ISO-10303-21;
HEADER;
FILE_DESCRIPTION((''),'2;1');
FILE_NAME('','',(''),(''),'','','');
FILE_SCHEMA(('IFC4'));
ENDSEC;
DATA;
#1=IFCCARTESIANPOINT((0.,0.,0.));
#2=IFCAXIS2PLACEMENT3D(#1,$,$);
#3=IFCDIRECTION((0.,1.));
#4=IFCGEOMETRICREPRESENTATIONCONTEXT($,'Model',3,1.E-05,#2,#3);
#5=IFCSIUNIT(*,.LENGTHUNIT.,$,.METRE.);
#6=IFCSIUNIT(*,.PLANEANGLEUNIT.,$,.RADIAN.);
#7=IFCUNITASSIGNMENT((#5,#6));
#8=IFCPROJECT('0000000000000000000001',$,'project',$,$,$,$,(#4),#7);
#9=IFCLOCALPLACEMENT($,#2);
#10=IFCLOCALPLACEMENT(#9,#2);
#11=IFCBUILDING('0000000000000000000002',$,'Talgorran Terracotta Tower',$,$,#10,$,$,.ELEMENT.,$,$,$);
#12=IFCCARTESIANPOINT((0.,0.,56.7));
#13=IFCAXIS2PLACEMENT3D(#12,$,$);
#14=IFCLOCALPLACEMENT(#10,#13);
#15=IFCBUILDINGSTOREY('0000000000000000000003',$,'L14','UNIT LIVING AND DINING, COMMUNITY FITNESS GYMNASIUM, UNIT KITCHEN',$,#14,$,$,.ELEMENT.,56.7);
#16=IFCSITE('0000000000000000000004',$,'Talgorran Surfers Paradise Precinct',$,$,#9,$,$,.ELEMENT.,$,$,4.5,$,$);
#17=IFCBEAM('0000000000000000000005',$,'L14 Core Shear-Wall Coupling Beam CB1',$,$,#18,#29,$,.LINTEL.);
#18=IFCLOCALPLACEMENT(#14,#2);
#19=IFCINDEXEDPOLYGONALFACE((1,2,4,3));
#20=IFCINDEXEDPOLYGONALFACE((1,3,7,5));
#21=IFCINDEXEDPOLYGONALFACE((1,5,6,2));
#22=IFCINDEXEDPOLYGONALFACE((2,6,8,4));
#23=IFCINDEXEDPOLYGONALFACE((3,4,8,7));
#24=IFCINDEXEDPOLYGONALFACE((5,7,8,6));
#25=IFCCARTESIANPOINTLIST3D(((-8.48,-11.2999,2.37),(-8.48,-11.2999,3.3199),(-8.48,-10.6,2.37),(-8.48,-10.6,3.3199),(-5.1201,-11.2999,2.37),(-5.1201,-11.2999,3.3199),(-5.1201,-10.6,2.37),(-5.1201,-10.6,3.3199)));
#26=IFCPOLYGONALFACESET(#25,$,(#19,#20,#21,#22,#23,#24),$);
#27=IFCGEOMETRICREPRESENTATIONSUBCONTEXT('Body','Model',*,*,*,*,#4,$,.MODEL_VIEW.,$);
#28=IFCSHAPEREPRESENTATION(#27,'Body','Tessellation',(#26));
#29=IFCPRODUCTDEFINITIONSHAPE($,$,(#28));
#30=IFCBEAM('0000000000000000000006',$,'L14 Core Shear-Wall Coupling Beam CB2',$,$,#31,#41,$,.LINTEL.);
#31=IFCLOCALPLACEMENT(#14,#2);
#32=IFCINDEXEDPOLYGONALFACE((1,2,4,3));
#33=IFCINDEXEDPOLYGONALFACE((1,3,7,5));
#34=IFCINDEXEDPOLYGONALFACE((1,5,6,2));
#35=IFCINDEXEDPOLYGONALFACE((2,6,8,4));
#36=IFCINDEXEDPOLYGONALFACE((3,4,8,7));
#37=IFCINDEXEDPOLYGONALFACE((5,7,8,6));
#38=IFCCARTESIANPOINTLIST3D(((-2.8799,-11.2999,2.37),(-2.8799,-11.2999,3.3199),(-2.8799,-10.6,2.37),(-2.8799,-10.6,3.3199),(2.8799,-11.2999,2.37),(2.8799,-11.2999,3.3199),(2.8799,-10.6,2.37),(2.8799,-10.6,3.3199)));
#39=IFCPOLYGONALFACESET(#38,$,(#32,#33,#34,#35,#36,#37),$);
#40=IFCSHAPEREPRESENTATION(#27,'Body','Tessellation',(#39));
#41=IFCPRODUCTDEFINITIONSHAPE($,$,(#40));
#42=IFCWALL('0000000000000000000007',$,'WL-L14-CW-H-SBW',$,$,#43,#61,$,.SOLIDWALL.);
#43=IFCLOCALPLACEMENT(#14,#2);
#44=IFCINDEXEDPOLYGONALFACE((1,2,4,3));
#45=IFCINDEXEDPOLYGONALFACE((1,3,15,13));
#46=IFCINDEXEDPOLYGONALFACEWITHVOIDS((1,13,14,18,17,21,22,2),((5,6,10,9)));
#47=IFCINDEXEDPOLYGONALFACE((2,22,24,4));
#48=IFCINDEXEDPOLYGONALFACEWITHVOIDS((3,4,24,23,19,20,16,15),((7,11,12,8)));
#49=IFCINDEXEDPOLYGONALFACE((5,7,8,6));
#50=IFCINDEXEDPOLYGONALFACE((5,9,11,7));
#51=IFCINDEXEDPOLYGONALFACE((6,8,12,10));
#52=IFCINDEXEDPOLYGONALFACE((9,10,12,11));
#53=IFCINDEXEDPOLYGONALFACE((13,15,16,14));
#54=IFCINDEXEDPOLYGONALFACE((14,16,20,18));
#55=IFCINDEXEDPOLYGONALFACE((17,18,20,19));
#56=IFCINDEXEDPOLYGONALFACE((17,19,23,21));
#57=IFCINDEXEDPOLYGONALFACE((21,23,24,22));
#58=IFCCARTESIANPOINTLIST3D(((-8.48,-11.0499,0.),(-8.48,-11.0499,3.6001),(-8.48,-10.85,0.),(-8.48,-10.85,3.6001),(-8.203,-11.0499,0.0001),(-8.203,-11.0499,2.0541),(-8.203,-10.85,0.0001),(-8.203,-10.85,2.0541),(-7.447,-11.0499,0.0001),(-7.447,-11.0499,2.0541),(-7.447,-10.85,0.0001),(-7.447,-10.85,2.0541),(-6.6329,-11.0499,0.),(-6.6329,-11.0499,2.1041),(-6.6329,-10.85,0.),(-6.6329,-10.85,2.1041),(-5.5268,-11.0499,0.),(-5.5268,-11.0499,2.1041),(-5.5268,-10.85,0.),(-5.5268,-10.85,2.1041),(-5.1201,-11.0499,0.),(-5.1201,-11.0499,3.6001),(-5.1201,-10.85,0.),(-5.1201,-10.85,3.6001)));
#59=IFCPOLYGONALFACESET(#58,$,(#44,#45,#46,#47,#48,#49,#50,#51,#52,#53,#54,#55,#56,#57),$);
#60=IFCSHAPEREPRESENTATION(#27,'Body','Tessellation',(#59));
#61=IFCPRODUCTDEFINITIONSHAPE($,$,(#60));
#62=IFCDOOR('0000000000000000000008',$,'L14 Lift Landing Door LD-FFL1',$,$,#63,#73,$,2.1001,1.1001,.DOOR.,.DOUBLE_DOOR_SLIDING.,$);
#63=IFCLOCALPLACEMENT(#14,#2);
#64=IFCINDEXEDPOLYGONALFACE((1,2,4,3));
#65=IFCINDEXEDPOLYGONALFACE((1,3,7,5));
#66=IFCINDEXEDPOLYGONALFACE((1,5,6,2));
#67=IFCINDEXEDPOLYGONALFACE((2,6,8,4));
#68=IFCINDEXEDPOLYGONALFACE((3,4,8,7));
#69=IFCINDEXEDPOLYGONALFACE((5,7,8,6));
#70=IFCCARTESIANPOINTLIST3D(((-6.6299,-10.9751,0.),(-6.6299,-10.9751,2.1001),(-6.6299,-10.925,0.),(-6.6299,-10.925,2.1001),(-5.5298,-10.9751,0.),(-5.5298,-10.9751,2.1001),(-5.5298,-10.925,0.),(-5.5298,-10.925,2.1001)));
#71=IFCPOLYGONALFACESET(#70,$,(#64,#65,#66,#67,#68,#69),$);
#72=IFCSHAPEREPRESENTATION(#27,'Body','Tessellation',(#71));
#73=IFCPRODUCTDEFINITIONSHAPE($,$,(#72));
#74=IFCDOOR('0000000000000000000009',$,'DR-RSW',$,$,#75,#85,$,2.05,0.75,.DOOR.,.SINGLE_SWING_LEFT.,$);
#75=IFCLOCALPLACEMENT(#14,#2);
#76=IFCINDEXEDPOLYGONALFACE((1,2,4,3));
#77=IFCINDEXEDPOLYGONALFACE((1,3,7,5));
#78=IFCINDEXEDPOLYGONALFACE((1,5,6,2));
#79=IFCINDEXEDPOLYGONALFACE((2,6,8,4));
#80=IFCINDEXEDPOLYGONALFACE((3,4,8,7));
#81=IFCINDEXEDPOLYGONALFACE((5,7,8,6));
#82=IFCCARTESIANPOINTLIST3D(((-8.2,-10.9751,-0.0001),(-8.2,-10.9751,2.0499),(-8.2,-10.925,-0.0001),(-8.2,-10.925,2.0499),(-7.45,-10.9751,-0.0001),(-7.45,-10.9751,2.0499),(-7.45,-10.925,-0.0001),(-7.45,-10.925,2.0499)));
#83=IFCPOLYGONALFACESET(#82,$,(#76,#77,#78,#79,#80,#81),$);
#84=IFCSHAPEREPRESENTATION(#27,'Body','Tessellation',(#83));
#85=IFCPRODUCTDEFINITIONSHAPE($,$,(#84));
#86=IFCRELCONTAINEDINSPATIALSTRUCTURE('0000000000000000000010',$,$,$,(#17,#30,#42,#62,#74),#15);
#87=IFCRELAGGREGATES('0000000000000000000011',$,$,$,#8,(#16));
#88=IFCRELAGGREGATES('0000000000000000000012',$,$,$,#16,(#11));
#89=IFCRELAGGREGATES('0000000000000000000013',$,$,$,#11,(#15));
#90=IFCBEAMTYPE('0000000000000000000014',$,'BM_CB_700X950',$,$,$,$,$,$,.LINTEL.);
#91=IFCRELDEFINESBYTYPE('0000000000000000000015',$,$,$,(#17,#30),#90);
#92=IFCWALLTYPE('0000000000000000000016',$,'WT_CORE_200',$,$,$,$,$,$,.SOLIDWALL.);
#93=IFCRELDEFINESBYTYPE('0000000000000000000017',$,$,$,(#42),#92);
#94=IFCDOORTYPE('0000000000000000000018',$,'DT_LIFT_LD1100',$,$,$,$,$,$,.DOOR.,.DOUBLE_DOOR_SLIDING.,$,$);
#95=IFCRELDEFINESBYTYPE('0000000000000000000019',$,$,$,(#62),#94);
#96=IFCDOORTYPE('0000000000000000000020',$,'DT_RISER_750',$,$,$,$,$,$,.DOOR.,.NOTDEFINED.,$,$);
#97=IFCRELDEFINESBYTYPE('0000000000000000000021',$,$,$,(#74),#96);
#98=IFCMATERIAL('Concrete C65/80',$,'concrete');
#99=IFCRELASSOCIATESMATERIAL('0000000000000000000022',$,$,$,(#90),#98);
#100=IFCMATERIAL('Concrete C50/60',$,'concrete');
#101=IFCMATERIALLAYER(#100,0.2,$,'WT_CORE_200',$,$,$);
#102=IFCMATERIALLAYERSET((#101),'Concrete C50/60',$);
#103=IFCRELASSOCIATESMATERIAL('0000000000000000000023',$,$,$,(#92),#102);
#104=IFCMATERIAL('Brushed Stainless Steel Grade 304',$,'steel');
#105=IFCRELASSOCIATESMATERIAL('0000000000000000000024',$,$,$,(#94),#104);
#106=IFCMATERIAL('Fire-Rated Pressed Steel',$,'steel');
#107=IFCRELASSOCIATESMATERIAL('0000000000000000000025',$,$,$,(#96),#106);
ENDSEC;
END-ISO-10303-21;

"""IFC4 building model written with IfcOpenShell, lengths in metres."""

from ifc_helpers import new_model, si_unit, direction, frame, frame_2d, origin, origin_2d, place, context, subcontext, project, spatial, rectangle, extrude, material, layer, layer_set, material_profile, profile_set, type_object, element, fill, save


model = new_model("IFC4")

# Units and contexts
model_context = context("Model", 3, precision=1e-05, world=origin(), true_north=direction((0.0, 1.0)))
body_context = subcontext(model_context, "Body", "Model", "MODEL_VIEW")
ifc_project = project(units=[si_unit("LENGTHUNIT", "METRE"), si_unit("PLANEANGLEUNIT", "RADIAN")], contexts=[model_context])

# Site, building, storey
site_placement = place(None, origin())
site = spatial("IfcSite", under=ifc_project, at=site_placement, Name="Talgorran Surfers Paradise Precinct", CompositionType="ELEMENT", RefElevation=4.5)
building_placement = place(site_placement, origin())
building = spatial("IfcBuilding", under=site, at=building_placement, Name="Talgorran Terracotta Tower", CompositionType="ELEMENT")
storey_placement = place(building_placement, frame((0.0, 0.0, 56.7)))
storey = spatial("IfcBuildingStorey", under=building, at=storey_placement, Name="L14", Description="UNIT LIVING AND DINING, COMMUNITY FITNESS GYMNASIUM, UNIT KITCHEN", CompositionType="ELEMENT", Elevation=56.7)

# Beams
ifc_material_1 = material(Name="Concrete C65/80", Category="concrete")
ifc_material_profile = material_profile(ifc_material_1, rectangle(XDim=0.7, YDim=0.95, at=origin_2d()), Name="RCCB700X950")
ifc_profile_set = profile_set([ifc_material_profile], Name="Concrete C65/80")
beam_type = type_object("IfcBeamType", Name="BM_CB_700X950", PredefinedType="LINTEL", material=ifc_profile_set)
beam_1_placement = place(storey_placement, frame((-8.48, -10.95, 2.845), z_axis=(1.0, 0.0, 0.0), x_axis=(0.0, 1.0, 0.0)))
element("IfcBeam", 1, at=beam_1_placement, inside=storey, type_object=beam_type, Name="L14 Core Shear-Wall Coupling Beam CB1", PredefinedType="LINTEL", context=body_context, shape_type="SweptSolid", body=[
    extrude(rectangle(XDim=0.7, YDim=0.95, at=origin_2d()), origin(), (0.0, 0.0, 1.0), 3.3599),
])
beam_2_placement = place(storey_placement, frame((-2.8799, -10.95, 2.845), z_axis=(1.0, 0.0, 0.0), x_axis=(0.0, 1.0, 0.0)))
element("IfcBeam", 2, at=beam_2_placement, inside=storey, type_object=beam_type, Name="L14 Core Shear-Wall Coupling Beam CB2", PredefinedType="LINTEL", context=body_context, shape_type="SweptSolid", body=[
    extrude(rectangle(XDim=0.7, YDim=0.95, at=origin_2d()), origin(), (0.0, 0.0, 1.0), 5.7598),
])

# Wall, openings, doors
ifc_material_2 = material(Name="Concrete C50/60", Category="concrete")
ifc_layer_1 = layer(ifc_material_2, 0.2, Name="WT_CORE_200")
ifc_layer_set_1 = layer_set([ifc_layer_1], Name="Concrete C50/60")
wall_type_1 = type_object("IfcWallType", Name="WT_CORE_200", PredefinedType="SOLIDWALL", material=ifc_layer_set_1)
wall_1_placement = place(storey_placement, frame((-8.48, -10.95, 0.0), z_axis=(0.0, 0.0, 1.0), x_axis=(1.0, 0.0, 0.0)))
wall_1 = element("IfcWall", 3, at=wall_1_placement, inside=storey, type_object=wall_type_1, Name="WL-L14-CW-H-SBW", PredefinedType="SOLIDWALL", context=body_context, shape_type="SweptSolid", body=[
    extrude(rectangle(XDim=3.3599, YDim=0.2, at=frame_2d((1.6799, 0.0))), origin(), (0.0, 0.0, 1.0), 3.6001),
])
opening_1_placement = place(wall_1_placement, frame((0.28, 0.0, 0.0)))
opening_1 = element("IfcOpeningElement", 4, at=opening_1_placement, cuts=wall_1, PredefinedType="OPENING", context=body_context, shape_type="SweptSolid", body=[
    extrude(rectangle(XDim=0.756, YDim=2.054, at=frame_2d((0.375, 1.0271))), frame((0.0, 0.1099, 0.0), z_axis=(0.0, -1.0, 0.0), x_axis=(1.0, 0.0, 0.0)), (0.0, 0.0, 1.0), 0.22),
])
opening_2_placement = place(wall_1_placement, frame((1.8501, 0.0, 0.0)))
opening_2 = element("IfcOpeningElement", 5, at=opening_2_placement, cuts=wall_1, PredefinedType="OPENING", context=body_context, shape_type="SweptSolid", body=[
    extrude(rectangle(XDim=1.1061, YDim=2.1041, at=frame_2d((0.55, 1.052))), frame((0.0, 0.1099, 0.0), z_axis=(0.0, -1.0, 0.0), x_axis=(1.0, 0.0, 0.0)), (0.0, 0.0, 1.0), 0.22),
])
ifc_material_3 = material(Name="Brushed Stainless Steel Grade 304", Category="steel")
door_type_1 = type_object("IfcDoorType", Name="DT_LIFT_LD1100", OperationType="DOUBLE_DOOR_SLIDING", PredefinedType="DOOR", material=ifc_material_3)
door_1_placement = place(opening_2_placement, origin())
door_1 = element("IfcDoor", 6, at=door_1_placement, inside=storey, type_object=door_type_1, Name="L14 Lift Landing Door LD-FFL1", OperationType="DOUBLE_DOOR_SLIDING", OverallHeight=2.1001, OverallWidth=1.1001, PredefinedType="DOOR", context=body_context, shape_type="SweptSolid", body=[
    extrude(rectangle(XDim=1.1001, YDim=2.1001, at=frame_2d((0.55, 1.05))), frame((0.0, 0.0249, 0.0), z_axis=(0.0, -1.0, 0.0), x_axis=(1.0, 0.0, 0.0)), (0.0, 0.0, 1.0), 0.05),
])
fill(opening_2, door_1)
ifc_material_4 = material(Name="Fire-Rated Pressed Steel", Category="steel")
door_type_2 = type_object("IfcDoorType", Name="DT_RISER_750", OperationType="NOTDEFINED", PredefinedType="DOOR", material=ifc_material_4)
door_2_placement = place(opening_1_placement, origin())
door_2 = element("IfcDoor", 7, at=door_2_placement, inside=storey, type_object=door_type_2, Name="DR-RSW", OperationType="SINGLE_SWING_LEFT", OverallHeight=2.05, OverallWidth=0.75, PredefinedType="DOOR", context=body_context, shape_type="SweptSolid", body=[
    extrude(rectangle(XDim=0.75, YDim=2.05, at=frame_2d((0.375, 1.0249))), frame((0.0, 0.0249, 0.0), z_axis=(0.0, -1.0, 0.0), x_axis=(1.0, 0.0, 0.0)), (0.0, 0.0, 1.0), 0.05),
])
fill(opening_1, door_2)

save(model, "model.ifc")
